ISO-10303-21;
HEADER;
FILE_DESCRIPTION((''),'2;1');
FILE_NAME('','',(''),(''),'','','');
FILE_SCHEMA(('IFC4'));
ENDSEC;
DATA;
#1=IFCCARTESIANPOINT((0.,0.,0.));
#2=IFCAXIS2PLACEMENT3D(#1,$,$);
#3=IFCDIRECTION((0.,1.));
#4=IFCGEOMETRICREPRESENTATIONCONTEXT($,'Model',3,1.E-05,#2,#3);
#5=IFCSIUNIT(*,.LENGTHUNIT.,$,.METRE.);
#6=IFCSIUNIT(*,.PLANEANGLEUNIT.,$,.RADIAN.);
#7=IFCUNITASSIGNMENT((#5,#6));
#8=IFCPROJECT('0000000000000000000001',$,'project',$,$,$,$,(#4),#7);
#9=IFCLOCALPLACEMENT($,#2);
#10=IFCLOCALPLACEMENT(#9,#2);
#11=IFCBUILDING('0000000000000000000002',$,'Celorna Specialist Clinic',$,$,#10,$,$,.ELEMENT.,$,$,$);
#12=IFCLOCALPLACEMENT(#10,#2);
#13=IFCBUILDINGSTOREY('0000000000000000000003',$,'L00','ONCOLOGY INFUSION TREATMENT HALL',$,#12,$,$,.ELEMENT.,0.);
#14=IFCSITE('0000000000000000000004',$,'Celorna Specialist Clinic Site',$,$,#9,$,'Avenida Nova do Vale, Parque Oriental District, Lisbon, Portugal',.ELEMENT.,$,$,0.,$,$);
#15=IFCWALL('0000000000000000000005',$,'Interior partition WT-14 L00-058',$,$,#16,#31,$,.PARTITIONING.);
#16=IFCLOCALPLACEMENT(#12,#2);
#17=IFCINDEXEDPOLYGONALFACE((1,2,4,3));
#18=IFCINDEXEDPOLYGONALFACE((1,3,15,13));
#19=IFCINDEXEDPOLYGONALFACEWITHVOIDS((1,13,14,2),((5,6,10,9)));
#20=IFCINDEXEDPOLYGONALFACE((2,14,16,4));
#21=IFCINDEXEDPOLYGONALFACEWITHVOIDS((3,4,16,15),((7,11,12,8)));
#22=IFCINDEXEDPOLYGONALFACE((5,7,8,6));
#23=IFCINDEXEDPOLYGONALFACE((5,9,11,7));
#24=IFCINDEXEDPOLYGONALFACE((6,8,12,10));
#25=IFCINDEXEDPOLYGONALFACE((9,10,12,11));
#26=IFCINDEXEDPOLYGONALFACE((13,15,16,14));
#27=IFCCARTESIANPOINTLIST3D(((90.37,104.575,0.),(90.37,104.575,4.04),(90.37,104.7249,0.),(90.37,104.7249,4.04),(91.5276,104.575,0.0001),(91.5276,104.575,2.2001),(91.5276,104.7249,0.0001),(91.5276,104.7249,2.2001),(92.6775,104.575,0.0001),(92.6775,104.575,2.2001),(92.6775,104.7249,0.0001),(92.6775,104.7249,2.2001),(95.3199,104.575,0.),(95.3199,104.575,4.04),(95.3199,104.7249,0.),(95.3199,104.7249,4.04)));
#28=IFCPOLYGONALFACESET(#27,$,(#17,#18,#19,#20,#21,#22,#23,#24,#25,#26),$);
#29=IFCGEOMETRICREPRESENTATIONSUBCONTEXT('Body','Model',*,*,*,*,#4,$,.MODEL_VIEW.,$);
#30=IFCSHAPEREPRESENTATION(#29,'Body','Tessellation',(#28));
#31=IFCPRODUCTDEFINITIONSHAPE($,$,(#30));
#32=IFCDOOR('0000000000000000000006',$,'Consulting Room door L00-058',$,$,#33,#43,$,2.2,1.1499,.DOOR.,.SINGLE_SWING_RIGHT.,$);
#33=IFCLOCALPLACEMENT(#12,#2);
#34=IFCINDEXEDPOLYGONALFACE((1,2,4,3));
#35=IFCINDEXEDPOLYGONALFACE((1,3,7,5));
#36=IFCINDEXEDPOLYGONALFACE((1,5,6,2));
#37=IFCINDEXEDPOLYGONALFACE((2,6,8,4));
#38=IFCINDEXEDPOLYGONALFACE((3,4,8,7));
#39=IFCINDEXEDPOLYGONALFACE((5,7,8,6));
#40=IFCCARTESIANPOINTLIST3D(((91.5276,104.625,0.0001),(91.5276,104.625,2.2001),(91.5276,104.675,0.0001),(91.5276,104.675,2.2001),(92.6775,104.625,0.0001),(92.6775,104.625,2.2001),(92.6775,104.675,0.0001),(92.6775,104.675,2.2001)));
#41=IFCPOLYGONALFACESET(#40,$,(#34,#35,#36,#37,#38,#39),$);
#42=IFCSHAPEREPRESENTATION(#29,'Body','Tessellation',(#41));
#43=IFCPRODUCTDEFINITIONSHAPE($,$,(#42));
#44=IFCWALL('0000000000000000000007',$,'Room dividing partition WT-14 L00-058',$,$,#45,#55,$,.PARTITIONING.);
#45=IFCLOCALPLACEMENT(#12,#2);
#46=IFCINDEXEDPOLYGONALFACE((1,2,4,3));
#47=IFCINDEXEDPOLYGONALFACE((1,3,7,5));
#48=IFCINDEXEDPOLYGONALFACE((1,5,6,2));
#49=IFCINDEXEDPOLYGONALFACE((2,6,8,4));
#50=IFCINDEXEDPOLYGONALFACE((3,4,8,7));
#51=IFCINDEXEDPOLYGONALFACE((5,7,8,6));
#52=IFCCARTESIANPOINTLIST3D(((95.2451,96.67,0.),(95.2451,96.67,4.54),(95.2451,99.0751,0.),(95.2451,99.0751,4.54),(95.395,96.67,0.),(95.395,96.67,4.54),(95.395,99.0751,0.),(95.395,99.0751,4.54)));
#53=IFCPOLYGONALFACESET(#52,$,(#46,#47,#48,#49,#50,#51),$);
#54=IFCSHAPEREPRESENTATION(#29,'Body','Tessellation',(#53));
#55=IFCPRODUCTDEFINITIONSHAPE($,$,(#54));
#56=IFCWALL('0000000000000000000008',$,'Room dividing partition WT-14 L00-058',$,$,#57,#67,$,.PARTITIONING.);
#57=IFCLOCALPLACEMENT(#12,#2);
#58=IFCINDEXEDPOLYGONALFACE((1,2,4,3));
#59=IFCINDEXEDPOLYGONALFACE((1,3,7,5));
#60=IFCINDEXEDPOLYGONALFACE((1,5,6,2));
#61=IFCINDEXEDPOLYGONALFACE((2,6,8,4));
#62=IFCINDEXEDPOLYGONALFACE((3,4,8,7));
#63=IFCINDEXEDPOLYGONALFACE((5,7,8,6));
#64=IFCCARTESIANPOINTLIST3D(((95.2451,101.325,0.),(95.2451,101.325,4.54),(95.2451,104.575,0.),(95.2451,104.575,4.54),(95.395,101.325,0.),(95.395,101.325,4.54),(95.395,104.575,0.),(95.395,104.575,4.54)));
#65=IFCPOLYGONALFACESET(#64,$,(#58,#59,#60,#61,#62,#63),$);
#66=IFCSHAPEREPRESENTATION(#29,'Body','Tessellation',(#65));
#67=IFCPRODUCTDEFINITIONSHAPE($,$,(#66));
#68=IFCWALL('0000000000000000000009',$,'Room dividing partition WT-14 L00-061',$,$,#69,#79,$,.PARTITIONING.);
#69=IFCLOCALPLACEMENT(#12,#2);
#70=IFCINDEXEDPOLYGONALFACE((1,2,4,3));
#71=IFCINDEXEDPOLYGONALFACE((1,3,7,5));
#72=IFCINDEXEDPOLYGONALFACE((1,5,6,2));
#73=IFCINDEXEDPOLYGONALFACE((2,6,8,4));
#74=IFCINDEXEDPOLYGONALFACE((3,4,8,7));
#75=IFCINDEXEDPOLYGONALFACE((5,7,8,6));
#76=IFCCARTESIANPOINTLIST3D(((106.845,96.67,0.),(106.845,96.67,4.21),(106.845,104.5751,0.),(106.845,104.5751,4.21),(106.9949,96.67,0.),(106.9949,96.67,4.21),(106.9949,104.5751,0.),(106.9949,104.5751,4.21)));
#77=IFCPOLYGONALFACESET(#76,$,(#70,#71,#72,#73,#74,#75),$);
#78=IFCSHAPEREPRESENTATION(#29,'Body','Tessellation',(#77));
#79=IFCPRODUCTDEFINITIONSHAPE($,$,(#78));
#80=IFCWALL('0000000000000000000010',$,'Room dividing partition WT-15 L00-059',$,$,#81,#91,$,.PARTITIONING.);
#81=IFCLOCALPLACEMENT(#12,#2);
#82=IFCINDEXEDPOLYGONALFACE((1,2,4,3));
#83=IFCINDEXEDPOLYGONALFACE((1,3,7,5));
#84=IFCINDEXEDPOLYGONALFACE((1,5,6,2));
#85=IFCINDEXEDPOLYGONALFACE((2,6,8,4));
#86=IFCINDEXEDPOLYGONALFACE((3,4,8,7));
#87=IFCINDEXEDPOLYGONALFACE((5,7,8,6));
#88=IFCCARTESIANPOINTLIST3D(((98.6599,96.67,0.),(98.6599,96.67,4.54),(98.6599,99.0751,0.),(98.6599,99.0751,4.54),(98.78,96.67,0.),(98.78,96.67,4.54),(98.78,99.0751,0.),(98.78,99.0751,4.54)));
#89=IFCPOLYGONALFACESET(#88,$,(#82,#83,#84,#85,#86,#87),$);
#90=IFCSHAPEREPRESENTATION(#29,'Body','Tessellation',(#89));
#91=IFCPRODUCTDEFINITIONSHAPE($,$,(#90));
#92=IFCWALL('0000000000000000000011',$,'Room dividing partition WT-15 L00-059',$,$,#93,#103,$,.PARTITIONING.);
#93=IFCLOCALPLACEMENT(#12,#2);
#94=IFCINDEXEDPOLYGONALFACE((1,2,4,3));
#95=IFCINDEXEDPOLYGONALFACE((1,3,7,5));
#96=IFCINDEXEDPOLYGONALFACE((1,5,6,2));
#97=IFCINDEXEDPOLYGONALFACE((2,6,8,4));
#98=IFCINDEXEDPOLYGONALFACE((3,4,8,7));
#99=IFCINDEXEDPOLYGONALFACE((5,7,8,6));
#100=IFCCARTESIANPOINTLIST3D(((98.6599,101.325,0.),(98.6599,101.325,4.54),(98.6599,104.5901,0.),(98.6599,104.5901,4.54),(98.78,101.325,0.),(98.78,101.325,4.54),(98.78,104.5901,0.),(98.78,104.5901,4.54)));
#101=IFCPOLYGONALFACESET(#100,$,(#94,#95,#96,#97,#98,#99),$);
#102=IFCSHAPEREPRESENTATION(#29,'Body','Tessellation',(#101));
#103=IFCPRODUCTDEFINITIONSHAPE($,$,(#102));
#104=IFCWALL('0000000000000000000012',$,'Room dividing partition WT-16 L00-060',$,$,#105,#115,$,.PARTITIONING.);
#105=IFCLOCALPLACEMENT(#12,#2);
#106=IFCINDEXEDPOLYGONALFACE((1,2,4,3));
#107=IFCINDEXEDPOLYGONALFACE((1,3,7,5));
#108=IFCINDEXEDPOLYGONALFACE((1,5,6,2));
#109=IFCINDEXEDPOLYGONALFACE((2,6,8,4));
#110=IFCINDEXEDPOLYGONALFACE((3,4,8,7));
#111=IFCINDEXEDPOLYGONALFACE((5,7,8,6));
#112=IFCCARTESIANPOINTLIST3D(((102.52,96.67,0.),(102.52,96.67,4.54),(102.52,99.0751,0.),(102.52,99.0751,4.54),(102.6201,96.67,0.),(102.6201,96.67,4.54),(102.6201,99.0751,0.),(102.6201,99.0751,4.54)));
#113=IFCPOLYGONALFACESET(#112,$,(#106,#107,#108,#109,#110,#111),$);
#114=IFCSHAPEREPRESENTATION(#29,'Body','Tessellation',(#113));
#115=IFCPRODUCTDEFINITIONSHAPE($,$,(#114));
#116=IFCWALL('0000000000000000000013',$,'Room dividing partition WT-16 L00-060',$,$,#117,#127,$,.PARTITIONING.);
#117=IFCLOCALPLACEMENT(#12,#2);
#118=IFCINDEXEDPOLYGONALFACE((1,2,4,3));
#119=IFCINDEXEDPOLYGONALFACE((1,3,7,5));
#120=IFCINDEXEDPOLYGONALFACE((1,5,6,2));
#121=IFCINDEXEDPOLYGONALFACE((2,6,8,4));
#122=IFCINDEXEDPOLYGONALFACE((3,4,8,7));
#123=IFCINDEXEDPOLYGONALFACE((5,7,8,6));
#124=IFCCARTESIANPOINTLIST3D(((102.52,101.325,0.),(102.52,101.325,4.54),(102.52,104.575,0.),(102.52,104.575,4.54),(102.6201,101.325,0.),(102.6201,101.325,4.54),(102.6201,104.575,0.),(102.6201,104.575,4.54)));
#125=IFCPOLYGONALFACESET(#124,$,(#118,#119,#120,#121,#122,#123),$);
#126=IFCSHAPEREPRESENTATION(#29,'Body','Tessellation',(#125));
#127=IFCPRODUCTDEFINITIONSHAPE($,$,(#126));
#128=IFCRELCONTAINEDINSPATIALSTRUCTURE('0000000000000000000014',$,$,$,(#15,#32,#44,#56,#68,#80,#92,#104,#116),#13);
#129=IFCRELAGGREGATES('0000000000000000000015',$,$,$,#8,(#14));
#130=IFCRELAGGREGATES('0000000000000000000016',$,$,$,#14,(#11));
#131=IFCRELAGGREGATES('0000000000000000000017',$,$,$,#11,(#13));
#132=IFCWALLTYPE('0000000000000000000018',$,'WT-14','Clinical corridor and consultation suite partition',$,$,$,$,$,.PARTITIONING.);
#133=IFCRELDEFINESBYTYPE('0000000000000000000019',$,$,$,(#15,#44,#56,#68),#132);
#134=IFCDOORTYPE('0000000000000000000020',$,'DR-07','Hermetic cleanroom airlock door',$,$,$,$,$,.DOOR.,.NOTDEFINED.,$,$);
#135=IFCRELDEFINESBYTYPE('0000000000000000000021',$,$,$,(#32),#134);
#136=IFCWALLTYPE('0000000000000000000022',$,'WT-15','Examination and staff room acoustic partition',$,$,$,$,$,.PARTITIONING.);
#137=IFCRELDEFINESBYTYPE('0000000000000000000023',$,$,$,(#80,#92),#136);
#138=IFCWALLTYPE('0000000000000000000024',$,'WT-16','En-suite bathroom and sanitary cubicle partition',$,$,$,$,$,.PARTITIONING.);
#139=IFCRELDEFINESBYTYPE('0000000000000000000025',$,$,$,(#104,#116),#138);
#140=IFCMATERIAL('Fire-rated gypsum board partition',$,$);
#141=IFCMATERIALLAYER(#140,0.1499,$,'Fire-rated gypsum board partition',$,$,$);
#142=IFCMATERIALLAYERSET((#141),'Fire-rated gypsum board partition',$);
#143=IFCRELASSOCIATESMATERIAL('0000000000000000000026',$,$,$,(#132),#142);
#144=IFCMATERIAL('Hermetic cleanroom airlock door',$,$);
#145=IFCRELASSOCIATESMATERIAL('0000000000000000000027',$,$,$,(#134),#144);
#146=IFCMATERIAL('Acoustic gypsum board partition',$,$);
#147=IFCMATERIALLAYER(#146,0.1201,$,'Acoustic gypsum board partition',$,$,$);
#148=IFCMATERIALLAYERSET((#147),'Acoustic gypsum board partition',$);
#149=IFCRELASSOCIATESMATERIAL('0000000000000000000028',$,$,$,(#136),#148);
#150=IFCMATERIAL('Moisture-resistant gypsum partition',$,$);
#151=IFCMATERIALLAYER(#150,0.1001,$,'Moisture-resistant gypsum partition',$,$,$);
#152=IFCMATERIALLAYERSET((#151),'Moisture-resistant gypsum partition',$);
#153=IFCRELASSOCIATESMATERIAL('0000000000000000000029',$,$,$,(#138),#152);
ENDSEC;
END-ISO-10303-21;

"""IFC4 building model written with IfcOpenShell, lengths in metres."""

from ifc_helpers import new_model, si_unit, direction, frame, frame_2d, origin, place, context, subcontext, project, spatial, rectangle, extrude, material, layer, layer_set, type_object, element, fill, save


model = new_model("IFC4")

# Units and contexts
model_context = context("Model", 3, precision=1e-05, world=origin(), true_north=direction((0.0, 1.0)))
body_context = subcontext(model_context, "Body", "Model", "MODEL_VIEW")
ifc_project = project(units=[si_unit("LENGTHUNIT", "METRE"), si_unit("PLANEANGLEUNIT", "RADIAN")], contexts=[model_context])

# Site, building, storey
site_placement = place(None, origin())
site = spatial("IfcSite", under=ifc_project, at=site_placement, Name="Celorna Specialist Clinic Site", LongName="Avenida Nova do Vale, Parque Oriental District, Lisbon, Portugal", CompositionType="ELEMENT", RefElevation=0.0)
building_placement = place(site_placement, origin())
building = spatial("IfcBuilding", under=site, at=building_placement, Name="Celorna Specialist Clinic", CompositionType="ELEMENT")
storey_placement = place(building_placement, origin())
storey = spatial("IfcBuildingStorey", under=building, at=storey_placement, Name="L00", Description="ONCOLOGY INFUSION TREATMENT HALL", CompositionType="ELEMENT", Elevation=0.0)

# Wall, opening, door
ifc_material_1 = material(Name="Fire-rated gypsum board partition")
ifc_layer_1 = layer(ifc_material_1, 0.1499, Name="Fire-rated gypsum board partition")
ifc_layer_set_1 = layer_set([ifc_layer_1], Name="Fire-rated gypsum board partition")
wall_type_1 = type_object("IfcWallType", Name="WT-14", Description="Clinical corridor and consultation suite partition", PredefinedType="PARTITIONING", material=ifc_layer_set_1)
wall_1_placement = place(storey_placement, frame((95.3201, 104.6499, 0.0), z_axis=(0.0, 0.0, 1.0), x_axis=(-1.0, 0.0, 0.0)))
wall_1 = element("IfcWall", 1, at=wall_1_placement, inside=storey, type_object=wall_type_1, Name="Interior partition WT-14 L00-058", PredefinedType="PARTITIONING", context=body_context, shape_type="SweptSolid", body=[
    extrude(rectangle(XDim=4.95, YDim=0.1499, at=frame_2d((2.4751, 0.0))), origin(), (0.0, 0.0, 1.0), 4.04),
])
opening_placement = place(wall_1_placement, frame((2.6426, 0.0, 0.0)))
opening = element("IfcOpeningElement", 2, at=opening_placement, cuts=wall_1, PredefinedType="OPENING", context=body_context, shape_type="SweptSolid", body=[
    extrude(rectangle(XDim=1.1499, YDim=2.2, at=frame_2d((0.575, 1.1001))), frame((0.0, 0.085, 0.0), z_axis=(0.0, -1.0, 0.0), x_axis=(1.0, 0.0, 0.0)), (0.0, 0.0, 1.0), 0.1699),
])
ifc_material_2 = material(Name="Hermetic cleanroom airlock door")
door_type = type_object("IfcDoorType", Name="DR-07", Description="Hermetic cleanroom airlock door", OperationType="NOTDEFINED", PredefinedType="DOOR", material=ifc_material_2)
door_placement = place(opening_placement, origin())
door = element("IfcDoor", 3, at=door_placement, inside=storey, type_object=door_type, Name="Consulting Room door L00-058", OperationType="SINGLE_SWING_RIGHT", OverallHeight=2.2, OverallWidth=1.1499, PredefinedType="DOOR", context=body_context, shape_type="SweptSolid", body=[
    extrude(rectangle(XDim=1.1499, YDim=2.2, at=frame_2d((0.575, 1.1001))), frame((0.0, 0.0249, 0.0), z_axis=(0.0, -1.0, 0.0), x_axis=(1.0, 0.0, 0.0)), (0.0, 0.0, 1.0), 0.05),
])
fill(opening, door)

# Walls
wall_2_placement = place(storey_placement, frame((95.3201, 96.6699, 0.0), z_axis=(0.0, 0.0, 1.0), x_axis=(0.0, 1.0, 0.0)))
element("IfcWall", 4, at=wall_2_placement, inside=storey, type_object=wall_type_1, Name="Room dividing partition WT-14 L00-058", PredefinedType="PARTITIONING", context=body_context, shape_type="SweptSolid", body=[
    extrude(rectangle(XDim=2.405, YDim=0.1499, at=frame_2d((1.2026, 0.0))), origin(), (0.0, 0.0, 1.0), 4.54),
])
wall_3_placement = place(storey_placement, frame((95.3201, 101.325, 0.0), z_axis=(0.0, 0.0, 1.0), x_axis=(0.0, 1.0, 0.0)))
element("IfcWall", 5, at=wall_3_placement, inside=storey, type_object=wall_type_1, Name="Room dividing partition WT-14 L00-058", PredefinedType="PARTITIONING", context=body_context, shape_type="SweptSolid", body=[
    extrude(rectangle(XDim=3.25, YDim=0.1499, at=frame_2d((1.625, 0.0))), origin(), (0.0, 0.0, 1.0), 4.54),
])
wall_4_placement = place(storey_placement, frame((106.9199, 96.6699, 0.0), z_axis=(0.0, 0.0, 1.0), x_axis=(0.0, 1.0, 0.0)))
element("IfcWall", 6, at=wall_4_placement, inside=storey, type_object=wall_type_1, Name="Room dividing partition WT-14 L00-061", PredefinedType="PARTITIONING", context=body_context, shape_type="SweptSolid", body=[
    extrude(rectangle(XDim=7.905, YDim=0.1499, at=frame_2d((3.9526, 0.0))), origin(), (0.0, 0.0, 1.0), 4.21),
])
ifc_material_3 = material(Name="Acoustic gypsum board partition")
ifc_layer_2 = layer(ifc_material_3, 0.1201, Name="Acoustic gypsum board partition")
ifc_layer_set_2 = layer_set([ifc_layer_2], Name="Acoustic gypsum board partition")
wall_type_2 = type_object("IfcWallType", Name="WT-15", Description="Examination and staff room acoustic partition", PredefinedType="PARTITIONING", material=ifc_layer_set_2)
wall_5_placement = place(storey_placement, frame((98.72, 96.6699, 0.0), z_axis=(0.0, 0.0, 1.0), x_axis=(0.0, 1.0, 0.0)))
element("IfcWall", 7, at=wall_5_placement, inside=storey, type_object=wall_type_2, Name="Room dividing partition WT-15 L00-059", PredefinedType="PARTITIONING", context=body_context, shape_type="SweptSolid", body=[
    extrude(rectangle(XDim=2.405, YDim=0.1201, at=frame_2d((1.2026, 0.0))), origin(), (0.0, 0.0, 1.0), 4.54),
])
wall_6_placement = place(storey_placement, frame((98.72, 101.325, 0.0), z_axis=(0.0, 0.0, 1.0), x_axis=(0.0, 1.0, 0.0)))
element("IfcWall", 8, at=wall_6_placement, inside=storey, type_object=wall_type_2, Name="Room dividing partition WT-15 L00-059", PredefinedType="PARTITIONING", context=body_context, shape_type="SweptSolid", body=[
    extrude(rectangle(XDim=3.2651, YDim=0.1201, at=frame_2d((1.6326, 0.0))), origin(), (0.0, 0.0, 1.0), 4.54),
])
ifc_material_4 = material(Name="Moisture-resistant gypsum partition")
ifc_layer_3 = layer(ifc_material_4, 0.1001, Name="Moisture-resistant gypsum partition")
ifc_layer_set_3 = layer_set([ifc_layer_3], Name="Moisture-resistant gypsum partition")
wall_type_3 = type_object("IfcWallType", Name="WT-16", Description="En-suite bathroom and sanitary cubicle partition", PredefinedType="PARTITIONING", material=ifc_layer_set_3)
wall_7_placement = place(storey_placement, frame((102.5701, 96.6699, 0.0), z_axis=(0.0, 0.0, 1.0), x_axis=(0.0, 1.0, 0.0)))
element("IfcWall", 9, at=wall_7_placement, inside=storey, type_object=wall_type_3, Name="Room dividing partition WT-16 L00-060", PredefinedType="PARTITIONING", context=body_context, shape_type="SweptSolid", body=[
    extrude(rectangle(XDim=2.405, YDim=0.1001, at=frame_2d((1.2026, 0.0))), origin(), (0.0, 0.0, 1.0), 4.54),
])
wall_8_placement = place(storey_placement, frame((102.5701, 101.325, 0.0), z_axis=(0.0, 0.0, 1.0), x_axis=(0.0, 1.0, 0.0)))
element("IfcWall", 10, at=wall_8_placement, inside=storey, type_object=wall_type_3, Name="Room dividing partition WT-16 L00-060", PredefinedType="PARTITIONING", context=body_context, shape_type="SweptSolid", body=[
    extrude(rectangle(XDim=3.25, YDim=0.1001, at=frame_2d((1.625, 0.0))), origin(), (0.0, 0.0, 1.0), 4.54),
])

save(model, "model.ifc")
